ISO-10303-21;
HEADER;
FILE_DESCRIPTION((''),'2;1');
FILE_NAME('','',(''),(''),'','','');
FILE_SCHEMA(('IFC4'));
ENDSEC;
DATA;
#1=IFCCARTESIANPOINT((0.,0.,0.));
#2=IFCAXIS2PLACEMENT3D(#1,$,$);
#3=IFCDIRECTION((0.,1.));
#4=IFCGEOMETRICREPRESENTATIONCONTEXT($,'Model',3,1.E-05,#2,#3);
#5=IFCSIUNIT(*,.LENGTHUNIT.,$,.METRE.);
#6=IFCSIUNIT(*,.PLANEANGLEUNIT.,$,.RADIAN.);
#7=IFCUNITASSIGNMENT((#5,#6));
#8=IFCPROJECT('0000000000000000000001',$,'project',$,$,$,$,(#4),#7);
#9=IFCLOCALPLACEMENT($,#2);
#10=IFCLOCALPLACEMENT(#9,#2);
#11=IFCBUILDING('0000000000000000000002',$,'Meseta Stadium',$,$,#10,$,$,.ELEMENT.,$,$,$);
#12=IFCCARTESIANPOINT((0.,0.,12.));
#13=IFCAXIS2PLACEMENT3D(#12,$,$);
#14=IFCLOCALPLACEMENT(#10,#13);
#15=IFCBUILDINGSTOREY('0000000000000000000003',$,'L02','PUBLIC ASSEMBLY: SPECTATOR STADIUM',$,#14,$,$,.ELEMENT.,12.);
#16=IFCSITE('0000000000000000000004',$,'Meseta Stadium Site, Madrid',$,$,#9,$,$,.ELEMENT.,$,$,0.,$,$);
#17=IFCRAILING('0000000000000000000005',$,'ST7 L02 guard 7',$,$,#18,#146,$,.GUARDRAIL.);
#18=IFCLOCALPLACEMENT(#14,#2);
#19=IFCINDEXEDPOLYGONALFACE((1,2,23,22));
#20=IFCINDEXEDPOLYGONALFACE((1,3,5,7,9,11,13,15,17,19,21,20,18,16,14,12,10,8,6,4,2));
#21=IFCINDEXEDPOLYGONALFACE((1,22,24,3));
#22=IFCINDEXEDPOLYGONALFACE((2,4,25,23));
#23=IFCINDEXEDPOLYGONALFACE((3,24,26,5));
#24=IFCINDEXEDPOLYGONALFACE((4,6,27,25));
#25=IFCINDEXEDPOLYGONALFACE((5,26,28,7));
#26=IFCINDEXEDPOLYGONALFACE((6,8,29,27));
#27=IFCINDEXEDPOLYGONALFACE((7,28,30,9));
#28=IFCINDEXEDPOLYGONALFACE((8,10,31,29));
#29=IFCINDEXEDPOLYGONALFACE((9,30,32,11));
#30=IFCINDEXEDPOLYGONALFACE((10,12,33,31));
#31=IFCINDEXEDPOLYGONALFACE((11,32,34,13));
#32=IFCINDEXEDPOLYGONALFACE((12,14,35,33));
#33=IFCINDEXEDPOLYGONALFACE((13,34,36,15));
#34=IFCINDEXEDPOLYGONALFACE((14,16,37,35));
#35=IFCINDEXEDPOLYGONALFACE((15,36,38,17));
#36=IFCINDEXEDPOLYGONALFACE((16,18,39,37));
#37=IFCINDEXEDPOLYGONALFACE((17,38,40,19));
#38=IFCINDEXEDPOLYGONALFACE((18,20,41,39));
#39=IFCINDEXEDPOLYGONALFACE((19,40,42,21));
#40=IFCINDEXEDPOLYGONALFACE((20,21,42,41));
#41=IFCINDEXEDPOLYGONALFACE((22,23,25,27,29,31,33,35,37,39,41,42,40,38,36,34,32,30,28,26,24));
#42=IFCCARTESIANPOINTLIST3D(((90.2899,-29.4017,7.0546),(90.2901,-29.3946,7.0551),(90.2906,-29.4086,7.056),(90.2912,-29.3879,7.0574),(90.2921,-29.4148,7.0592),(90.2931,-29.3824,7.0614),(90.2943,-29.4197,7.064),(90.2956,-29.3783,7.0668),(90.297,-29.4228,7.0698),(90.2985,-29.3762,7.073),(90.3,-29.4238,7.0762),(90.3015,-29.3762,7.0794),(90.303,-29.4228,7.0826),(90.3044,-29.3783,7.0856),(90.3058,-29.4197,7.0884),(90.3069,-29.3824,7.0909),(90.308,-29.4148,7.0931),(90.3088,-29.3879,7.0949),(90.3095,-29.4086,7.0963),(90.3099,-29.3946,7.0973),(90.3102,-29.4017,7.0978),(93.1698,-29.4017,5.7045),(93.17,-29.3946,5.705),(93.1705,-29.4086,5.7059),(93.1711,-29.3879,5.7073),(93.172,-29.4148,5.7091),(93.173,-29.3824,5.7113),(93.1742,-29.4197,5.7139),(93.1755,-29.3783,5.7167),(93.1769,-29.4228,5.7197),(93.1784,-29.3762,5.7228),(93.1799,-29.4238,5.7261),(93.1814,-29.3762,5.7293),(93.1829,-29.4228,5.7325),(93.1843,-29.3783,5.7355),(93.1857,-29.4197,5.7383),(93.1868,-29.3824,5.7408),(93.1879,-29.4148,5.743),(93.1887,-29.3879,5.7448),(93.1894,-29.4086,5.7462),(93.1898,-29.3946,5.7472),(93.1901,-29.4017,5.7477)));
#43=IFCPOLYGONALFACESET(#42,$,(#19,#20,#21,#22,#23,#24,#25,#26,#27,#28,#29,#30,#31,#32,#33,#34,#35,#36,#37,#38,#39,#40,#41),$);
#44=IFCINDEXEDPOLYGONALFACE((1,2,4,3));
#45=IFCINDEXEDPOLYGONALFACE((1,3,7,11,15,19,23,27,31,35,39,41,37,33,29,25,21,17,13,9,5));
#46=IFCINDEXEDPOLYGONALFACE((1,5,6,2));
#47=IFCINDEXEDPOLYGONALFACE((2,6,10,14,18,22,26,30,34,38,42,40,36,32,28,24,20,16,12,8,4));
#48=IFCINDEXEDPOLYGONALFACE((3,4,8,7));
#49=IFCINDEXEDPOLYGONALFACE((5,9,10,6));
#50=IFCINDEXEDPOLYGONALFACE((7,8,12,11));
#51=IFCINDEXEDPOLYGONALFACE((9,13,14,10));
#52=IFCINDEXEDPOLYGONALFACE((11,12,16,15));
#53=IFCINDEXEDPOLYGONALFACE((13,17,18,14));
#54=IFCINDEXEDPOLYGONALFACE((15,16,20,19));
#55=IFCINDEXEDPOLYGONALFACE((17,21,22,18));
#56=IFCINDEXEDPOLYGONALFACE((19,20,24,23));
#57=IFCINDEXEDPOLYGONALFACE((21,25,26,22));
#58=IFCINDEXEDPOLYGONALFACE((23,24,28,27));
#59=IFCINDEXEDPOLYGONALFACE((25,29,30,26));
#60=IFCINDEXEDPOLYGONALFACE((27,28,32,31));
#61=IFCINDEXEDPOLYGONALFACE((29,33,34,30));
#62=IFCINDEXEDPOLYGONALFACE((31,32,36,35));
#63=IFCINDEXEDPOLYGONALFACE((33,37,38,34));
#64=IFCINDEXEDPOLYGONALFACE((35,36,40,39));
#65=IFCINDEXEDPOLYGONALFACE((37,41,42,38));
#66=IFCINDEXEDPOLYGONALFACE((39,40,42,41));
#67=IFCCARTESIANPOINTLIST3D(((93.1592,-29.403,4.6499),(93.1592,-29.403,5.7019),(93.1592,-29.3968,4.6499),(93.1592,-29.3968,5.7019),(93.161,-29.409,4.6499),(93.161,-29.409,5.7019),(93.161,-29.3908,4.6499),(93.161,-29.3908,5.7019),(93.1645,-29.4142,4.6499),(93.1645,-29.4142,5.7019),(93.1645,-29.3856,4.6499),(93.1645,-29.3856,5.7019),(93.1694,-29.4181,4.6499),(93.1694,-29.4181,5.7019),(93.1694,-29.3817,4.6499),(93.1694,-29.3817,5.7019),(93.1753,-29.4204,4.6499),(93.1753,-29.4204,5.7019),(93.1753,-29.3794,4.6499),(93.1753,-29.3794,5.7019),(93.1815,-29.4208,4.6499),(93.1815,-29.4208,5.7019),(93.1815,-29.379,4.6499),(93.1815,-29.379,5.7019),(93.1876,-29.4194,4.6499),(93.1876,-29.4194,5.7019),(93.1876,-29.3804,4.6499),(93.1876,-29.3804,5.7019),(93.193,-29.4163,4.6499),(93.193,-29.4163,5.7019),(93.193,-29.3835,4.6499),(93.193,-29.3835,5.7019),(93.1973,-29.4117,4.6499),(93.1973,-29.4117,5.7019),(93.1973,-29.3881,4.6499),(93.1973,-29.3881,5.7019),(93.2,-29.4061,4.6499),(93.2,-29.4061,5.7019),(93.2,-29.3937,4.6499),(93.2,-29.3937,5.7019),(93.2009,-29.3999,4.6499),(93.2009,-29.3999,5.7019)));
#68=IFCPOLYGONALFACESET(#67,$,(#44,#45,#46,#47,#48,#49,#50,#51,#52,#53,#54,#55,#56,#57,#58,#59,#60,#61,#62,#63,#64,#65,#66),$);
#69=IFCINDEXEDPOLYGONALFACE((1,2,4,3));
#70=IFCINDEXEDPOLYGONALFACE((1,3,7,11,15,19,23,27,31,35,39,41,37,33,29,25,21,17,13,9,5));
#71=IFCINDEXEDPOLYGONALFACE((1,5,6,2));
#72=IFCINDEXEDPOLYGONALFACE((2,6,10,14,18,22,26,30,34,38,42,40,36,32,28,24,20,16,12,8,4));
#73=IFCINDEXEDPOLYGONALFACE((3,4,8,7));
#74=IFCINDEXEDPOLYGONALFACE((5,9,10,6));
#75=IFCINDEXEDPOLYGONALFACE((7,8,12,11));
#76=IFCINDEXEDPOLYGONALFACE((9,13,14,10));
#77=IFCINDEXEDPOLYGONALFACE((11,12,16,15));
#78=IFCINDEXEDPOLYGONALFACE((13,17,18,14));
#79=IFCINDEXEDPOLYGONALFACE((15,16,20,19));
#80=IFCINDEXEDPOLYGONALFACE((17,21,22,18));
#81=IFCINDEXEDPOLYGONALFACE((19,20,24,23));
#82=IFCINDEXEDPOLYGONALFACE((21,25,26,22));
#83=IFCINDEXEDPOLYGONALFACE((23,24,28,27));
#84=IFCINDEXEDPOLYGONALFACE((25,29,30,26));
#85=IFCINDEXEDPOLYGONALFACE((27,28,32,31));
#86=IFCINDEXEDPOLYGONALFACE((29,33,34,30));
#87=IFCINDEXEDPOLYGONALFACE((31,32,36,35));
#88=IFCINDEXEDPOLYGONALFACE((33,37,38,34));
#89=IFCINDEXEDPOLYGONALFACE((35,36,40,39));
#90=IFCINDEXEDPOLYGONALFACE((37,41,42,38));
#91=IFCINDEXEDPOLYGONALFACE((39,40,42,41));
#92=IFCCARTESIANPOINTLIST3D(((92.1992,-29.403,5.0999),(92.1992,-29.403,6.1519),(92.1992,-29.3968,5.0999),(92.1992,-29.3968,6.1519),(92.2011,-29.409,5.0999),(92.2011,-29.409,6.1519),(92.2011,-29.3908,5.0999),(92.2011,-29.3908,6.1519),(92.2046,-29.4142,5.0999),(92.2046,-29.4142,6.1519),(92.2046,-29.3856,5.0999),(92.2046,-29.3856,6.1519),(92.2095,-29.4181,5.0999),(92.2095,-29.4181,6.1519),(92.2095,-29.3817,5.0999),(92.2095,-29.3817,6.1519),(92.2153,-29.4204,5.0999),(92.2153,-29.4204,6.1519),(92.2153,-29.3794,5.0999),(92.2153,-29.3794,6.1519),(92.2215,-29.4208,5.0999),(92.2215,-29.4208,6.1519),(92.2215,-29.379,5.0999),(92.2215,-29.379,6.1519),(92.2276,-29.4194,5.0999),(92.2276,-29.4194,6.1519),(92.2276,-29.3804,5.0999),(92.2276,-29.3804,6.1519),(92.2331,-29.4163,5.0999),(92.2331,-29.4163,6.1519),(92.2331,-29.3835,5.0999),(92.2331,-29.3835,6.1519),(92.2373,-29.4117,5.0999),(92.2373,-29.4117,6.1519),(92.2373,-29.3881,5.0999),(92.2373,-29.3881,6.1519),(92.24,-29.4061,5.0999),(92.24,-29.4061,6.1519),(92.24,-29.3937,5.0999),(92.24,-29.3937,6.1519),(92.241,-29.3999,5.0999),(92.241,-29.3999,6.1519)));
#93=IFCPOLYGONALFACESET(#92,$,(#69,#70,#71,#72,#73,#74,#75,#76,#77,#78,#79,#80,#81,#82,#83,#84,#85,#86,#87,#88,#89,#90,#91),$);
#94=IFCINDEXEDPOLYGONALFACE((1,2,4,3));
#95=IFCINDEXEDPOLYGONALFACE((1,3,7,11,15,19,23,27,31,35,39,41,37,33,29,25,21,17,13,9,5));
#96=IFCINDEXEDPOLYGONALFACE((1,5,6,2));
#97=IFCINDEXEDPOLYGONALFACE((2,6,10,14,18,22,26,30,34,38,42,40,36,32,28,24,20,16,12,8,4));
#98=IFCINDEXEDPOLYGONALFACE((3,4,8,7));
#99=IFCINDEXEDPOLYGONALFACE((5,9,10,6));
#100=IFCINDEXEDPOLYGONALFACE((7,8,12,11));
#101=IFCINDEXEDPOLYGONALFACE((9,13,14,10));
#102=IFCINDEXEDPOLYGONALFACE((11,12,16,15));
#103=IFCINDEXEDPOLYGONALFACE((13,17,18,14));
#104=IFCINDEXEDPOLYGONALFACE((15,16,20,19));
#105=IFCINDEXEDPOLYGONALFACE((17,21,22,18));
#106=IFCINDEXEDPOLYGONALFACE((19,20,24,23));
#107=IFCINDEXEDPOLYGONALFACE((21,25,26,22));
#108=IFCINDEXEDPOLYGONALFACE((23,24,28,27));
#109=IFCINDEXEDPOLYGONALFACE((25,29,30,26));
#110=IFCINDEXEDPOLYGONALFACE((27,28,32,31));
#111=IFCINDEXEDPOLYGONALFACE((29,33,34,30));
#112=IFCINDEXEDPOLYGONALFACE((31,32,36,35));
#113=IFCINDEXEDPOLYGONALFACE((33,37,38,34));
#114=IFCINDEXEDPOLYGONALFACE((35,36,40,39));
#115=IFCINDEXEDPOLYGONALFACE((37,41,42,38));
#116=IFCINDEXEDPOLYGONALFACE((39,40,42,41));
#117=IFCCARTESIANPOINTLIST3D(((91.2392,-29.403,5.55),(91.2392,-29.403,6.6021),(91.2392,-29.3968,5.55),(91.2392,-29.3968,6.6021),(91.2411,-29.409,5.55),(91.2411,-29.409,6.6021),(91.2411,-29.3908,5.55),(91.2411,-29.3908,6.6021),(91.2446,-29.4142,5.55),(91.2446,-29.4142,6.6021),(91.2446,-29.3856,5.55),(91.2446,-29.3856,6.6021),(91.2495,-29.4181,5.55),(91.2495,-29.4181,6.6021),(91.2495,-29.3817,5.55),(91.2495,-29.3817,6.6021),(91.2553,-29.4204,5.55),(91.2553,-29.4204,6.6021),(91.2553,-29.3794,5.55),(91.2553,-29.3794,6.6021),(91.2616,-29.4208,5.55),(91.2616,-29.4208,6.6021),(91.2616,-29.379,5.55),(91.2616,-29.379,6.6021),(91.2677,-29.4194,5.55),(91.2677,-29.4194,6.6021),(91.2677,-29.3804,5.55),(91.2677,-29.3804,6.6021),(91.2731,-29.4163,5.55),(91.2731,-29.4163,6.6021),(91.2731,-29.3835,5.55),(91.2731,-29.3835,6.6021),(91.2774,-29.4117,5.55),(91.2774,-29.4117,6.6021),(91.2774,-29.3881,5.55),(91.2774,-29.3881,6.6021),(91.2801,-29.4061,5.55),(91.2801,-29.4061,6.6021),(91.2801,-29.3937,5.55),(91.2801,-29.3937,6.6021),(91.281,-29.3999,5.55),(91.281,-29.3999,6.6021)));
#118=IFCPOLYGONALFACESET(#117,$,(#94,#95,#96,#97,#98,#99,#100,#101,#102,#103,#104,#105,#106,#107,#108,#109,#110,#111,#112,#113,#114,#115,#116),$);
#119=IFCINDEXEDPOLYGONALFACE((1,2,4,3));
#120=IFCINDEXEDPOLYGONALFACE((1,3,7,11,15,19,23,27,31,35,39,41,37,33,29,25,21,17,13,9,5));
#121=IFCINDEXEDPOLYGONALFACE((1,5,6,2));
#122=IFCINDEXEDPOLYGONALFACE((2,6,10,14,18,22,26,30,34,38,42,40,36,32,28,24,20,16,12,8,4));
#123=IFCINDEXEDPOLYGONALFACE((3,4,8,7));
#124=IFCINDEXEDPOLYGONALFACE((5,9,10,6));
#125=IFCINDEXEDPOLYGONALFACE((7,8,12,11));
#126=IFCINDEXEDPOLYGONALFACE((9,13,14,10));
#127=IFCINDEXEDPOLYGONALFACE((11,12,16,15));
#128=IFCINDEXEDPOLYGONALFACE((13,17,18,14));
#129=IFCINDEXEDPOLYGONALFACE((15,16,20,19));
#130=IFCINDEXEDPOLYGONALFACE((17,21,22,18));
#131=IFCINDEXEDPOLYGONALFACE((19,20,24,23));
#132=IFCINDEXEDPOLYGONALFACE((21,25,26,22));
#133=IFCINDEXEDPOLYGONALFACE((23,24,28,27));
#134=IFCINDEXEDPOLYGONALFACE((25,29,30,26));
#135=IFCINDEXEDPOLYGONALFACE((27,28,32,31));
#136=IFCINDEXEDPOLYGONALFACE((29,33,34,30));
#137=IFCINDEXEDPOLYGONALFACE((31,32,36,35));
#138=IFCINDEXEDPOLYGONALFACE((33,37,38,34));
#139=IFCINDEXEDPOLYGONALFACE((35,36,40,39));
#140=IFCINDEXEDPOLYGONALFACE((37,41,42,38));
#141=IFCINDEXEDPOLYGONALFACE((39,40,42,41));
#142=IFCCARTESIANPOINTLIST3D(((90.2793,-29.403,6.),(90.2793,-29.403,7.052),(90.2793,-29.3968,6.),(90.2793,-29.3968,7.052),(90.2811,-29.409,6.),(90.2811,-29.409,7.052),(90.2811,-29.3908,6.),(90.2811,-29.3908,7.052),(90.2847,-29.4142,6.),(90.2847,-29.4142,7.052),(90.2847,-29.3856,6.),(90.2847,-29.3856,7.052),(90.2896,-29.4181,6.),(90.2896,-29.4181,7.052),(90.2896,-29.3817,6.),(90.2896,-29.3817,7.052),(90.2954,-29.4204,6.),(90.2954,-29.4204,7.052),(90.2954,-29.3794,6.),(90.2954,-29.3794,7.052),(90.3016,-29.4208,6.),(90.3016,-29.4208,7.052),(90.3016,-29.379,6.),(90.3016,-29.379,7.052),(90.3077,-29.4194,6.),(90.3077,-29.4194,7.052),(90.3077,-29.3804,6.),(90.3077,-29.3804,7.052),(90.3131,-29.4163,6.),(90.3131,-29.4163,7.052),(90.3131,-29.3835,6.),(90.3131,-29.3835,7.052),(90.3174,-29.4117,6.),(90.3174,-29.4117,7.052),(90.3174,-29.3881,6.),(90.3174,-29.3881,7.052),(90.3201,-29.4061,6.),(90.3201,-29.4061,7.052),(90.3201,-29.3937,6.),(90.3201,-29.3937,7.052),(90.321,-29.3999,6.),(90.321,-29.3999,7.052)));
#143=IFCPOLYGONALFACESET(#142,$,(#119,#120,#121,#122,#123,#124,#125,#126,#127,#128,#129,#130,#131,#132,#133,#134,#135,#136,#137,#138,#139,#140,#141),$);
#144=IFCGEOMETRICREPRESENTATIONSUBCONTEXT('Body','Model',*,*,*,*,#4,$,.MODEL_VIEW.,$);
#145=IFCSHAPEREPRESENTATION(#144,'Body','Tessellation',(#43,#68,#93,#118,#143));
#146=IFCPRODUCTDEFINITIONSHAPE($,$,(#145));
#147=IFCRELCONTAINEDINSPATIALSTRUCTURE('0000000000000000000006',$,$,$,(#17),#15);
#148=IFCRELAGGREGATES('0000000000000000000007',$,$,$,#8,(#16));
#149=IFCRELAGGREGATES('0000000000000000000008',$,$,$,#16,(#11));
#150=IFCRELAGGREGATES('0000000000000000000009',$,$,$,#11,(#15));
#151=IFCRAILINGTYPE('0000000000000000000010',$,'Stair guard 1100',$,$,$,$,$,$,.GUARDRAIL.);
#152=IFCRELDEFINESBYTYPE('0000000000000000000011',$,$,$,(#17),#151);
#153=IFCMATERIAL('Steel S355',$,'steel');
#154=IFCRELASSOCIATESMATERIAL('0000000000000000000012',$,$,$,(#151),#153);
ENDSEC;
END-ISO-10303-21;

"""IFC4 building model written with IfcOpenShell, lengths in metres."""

from ifc_helpers import new_model, si_unit, direction, frame, origin, origin_2d, place, context, subcontext, project, spatial, circle, extrude, material, type_object, element, save


model = new_model("IFC4")

# Units and contexts
model_context = context("Model", 3, precision=1e-05, world=origin(), true_north=direction((0.0, 1.0)))
body_context = subcontext(model_context, "Body", "Model", "MODEL_VIEW")
ifc_project = project(units=[si_unit("LENGTHUNIT", "METRE"), si_unit("PLANEANGLEUNIT", "RADIAN")], contexts=[model_context])

# Site, building, storey
site_placement = place(None, origin())
site = spatial("IfcSite", under=ifc_project, at=site_placement, Name="Meseta Stadium Site, Madrid", CompositionType="ELEMENT", RefElevation=0.0)
building_placement = place(site_placement, origin())
building = spatial("IfcBuilding", under=site, at=building_placement, Name="Meseta Stadium", CompositionType="ELEMENT")
storey_placement = place(building_placement, frame((0.0, 0.0, 12.0)))
storey = spatial("IfcBuildingStorey", under=building, at=storey_placement, Name="L02", Description="PUBLIC ASSEMBLY: SPECTATOR STADIUM", CompositionType="ELEMENT", Elevation=12.0)

# Railing
ifc_material_1 = material(Name="Steel S355", Category="steel")
railing_type_1 = type_object("IfcRailingType", Name="Stair guard 1100", PredefinedType="GUARDRAIL", material=ifc_material_1)
railing_1_placement = place(storey_placement, frame((93.1799, -29.3999, 4.6499)))
element("IfcRailing", 1, at=railing_1_placement, inside=storey, type_object=railing_type_1, Name="ST7 L02 guard 7", PredefinedType="GUARDRAIL", context=body_context, shape_type="SweptSolid", body=[
    extrude(circle(Radius=0.0239, at=origin_2d()), frame((0.0, 0.0, 1.0762), z_axis=(-0.90544, 0.0, 0.424473), x_axis=(0.0, -1.0, 0.0)), (0.0, 0.0, 1.0), 3.1807),
    extrude(circle(Radius=0.021, at=origin_2d()), origin(), (0.0, 0.0, 1.0), 1.052),
    extrude(circle(Radius=0.021, at=origin_2d()), frame((-0.96, 0.0, 0.45)), (0.0, 0.0, 1.0), 1.052),
    extrude(circle(Radius=0.021, at=origin_2d()), frame((-1.9199, 0.0, 0.9001)), (0.0, 0.0, 1.0), 1.052),
    extrude(circle(Radius=0.021, at=origin_2d()), frame((-2.8799, 0.0, 1.3501)), (0.0, 0.0, 1.0), 1.052),
])

save(model, "model.ifc")
